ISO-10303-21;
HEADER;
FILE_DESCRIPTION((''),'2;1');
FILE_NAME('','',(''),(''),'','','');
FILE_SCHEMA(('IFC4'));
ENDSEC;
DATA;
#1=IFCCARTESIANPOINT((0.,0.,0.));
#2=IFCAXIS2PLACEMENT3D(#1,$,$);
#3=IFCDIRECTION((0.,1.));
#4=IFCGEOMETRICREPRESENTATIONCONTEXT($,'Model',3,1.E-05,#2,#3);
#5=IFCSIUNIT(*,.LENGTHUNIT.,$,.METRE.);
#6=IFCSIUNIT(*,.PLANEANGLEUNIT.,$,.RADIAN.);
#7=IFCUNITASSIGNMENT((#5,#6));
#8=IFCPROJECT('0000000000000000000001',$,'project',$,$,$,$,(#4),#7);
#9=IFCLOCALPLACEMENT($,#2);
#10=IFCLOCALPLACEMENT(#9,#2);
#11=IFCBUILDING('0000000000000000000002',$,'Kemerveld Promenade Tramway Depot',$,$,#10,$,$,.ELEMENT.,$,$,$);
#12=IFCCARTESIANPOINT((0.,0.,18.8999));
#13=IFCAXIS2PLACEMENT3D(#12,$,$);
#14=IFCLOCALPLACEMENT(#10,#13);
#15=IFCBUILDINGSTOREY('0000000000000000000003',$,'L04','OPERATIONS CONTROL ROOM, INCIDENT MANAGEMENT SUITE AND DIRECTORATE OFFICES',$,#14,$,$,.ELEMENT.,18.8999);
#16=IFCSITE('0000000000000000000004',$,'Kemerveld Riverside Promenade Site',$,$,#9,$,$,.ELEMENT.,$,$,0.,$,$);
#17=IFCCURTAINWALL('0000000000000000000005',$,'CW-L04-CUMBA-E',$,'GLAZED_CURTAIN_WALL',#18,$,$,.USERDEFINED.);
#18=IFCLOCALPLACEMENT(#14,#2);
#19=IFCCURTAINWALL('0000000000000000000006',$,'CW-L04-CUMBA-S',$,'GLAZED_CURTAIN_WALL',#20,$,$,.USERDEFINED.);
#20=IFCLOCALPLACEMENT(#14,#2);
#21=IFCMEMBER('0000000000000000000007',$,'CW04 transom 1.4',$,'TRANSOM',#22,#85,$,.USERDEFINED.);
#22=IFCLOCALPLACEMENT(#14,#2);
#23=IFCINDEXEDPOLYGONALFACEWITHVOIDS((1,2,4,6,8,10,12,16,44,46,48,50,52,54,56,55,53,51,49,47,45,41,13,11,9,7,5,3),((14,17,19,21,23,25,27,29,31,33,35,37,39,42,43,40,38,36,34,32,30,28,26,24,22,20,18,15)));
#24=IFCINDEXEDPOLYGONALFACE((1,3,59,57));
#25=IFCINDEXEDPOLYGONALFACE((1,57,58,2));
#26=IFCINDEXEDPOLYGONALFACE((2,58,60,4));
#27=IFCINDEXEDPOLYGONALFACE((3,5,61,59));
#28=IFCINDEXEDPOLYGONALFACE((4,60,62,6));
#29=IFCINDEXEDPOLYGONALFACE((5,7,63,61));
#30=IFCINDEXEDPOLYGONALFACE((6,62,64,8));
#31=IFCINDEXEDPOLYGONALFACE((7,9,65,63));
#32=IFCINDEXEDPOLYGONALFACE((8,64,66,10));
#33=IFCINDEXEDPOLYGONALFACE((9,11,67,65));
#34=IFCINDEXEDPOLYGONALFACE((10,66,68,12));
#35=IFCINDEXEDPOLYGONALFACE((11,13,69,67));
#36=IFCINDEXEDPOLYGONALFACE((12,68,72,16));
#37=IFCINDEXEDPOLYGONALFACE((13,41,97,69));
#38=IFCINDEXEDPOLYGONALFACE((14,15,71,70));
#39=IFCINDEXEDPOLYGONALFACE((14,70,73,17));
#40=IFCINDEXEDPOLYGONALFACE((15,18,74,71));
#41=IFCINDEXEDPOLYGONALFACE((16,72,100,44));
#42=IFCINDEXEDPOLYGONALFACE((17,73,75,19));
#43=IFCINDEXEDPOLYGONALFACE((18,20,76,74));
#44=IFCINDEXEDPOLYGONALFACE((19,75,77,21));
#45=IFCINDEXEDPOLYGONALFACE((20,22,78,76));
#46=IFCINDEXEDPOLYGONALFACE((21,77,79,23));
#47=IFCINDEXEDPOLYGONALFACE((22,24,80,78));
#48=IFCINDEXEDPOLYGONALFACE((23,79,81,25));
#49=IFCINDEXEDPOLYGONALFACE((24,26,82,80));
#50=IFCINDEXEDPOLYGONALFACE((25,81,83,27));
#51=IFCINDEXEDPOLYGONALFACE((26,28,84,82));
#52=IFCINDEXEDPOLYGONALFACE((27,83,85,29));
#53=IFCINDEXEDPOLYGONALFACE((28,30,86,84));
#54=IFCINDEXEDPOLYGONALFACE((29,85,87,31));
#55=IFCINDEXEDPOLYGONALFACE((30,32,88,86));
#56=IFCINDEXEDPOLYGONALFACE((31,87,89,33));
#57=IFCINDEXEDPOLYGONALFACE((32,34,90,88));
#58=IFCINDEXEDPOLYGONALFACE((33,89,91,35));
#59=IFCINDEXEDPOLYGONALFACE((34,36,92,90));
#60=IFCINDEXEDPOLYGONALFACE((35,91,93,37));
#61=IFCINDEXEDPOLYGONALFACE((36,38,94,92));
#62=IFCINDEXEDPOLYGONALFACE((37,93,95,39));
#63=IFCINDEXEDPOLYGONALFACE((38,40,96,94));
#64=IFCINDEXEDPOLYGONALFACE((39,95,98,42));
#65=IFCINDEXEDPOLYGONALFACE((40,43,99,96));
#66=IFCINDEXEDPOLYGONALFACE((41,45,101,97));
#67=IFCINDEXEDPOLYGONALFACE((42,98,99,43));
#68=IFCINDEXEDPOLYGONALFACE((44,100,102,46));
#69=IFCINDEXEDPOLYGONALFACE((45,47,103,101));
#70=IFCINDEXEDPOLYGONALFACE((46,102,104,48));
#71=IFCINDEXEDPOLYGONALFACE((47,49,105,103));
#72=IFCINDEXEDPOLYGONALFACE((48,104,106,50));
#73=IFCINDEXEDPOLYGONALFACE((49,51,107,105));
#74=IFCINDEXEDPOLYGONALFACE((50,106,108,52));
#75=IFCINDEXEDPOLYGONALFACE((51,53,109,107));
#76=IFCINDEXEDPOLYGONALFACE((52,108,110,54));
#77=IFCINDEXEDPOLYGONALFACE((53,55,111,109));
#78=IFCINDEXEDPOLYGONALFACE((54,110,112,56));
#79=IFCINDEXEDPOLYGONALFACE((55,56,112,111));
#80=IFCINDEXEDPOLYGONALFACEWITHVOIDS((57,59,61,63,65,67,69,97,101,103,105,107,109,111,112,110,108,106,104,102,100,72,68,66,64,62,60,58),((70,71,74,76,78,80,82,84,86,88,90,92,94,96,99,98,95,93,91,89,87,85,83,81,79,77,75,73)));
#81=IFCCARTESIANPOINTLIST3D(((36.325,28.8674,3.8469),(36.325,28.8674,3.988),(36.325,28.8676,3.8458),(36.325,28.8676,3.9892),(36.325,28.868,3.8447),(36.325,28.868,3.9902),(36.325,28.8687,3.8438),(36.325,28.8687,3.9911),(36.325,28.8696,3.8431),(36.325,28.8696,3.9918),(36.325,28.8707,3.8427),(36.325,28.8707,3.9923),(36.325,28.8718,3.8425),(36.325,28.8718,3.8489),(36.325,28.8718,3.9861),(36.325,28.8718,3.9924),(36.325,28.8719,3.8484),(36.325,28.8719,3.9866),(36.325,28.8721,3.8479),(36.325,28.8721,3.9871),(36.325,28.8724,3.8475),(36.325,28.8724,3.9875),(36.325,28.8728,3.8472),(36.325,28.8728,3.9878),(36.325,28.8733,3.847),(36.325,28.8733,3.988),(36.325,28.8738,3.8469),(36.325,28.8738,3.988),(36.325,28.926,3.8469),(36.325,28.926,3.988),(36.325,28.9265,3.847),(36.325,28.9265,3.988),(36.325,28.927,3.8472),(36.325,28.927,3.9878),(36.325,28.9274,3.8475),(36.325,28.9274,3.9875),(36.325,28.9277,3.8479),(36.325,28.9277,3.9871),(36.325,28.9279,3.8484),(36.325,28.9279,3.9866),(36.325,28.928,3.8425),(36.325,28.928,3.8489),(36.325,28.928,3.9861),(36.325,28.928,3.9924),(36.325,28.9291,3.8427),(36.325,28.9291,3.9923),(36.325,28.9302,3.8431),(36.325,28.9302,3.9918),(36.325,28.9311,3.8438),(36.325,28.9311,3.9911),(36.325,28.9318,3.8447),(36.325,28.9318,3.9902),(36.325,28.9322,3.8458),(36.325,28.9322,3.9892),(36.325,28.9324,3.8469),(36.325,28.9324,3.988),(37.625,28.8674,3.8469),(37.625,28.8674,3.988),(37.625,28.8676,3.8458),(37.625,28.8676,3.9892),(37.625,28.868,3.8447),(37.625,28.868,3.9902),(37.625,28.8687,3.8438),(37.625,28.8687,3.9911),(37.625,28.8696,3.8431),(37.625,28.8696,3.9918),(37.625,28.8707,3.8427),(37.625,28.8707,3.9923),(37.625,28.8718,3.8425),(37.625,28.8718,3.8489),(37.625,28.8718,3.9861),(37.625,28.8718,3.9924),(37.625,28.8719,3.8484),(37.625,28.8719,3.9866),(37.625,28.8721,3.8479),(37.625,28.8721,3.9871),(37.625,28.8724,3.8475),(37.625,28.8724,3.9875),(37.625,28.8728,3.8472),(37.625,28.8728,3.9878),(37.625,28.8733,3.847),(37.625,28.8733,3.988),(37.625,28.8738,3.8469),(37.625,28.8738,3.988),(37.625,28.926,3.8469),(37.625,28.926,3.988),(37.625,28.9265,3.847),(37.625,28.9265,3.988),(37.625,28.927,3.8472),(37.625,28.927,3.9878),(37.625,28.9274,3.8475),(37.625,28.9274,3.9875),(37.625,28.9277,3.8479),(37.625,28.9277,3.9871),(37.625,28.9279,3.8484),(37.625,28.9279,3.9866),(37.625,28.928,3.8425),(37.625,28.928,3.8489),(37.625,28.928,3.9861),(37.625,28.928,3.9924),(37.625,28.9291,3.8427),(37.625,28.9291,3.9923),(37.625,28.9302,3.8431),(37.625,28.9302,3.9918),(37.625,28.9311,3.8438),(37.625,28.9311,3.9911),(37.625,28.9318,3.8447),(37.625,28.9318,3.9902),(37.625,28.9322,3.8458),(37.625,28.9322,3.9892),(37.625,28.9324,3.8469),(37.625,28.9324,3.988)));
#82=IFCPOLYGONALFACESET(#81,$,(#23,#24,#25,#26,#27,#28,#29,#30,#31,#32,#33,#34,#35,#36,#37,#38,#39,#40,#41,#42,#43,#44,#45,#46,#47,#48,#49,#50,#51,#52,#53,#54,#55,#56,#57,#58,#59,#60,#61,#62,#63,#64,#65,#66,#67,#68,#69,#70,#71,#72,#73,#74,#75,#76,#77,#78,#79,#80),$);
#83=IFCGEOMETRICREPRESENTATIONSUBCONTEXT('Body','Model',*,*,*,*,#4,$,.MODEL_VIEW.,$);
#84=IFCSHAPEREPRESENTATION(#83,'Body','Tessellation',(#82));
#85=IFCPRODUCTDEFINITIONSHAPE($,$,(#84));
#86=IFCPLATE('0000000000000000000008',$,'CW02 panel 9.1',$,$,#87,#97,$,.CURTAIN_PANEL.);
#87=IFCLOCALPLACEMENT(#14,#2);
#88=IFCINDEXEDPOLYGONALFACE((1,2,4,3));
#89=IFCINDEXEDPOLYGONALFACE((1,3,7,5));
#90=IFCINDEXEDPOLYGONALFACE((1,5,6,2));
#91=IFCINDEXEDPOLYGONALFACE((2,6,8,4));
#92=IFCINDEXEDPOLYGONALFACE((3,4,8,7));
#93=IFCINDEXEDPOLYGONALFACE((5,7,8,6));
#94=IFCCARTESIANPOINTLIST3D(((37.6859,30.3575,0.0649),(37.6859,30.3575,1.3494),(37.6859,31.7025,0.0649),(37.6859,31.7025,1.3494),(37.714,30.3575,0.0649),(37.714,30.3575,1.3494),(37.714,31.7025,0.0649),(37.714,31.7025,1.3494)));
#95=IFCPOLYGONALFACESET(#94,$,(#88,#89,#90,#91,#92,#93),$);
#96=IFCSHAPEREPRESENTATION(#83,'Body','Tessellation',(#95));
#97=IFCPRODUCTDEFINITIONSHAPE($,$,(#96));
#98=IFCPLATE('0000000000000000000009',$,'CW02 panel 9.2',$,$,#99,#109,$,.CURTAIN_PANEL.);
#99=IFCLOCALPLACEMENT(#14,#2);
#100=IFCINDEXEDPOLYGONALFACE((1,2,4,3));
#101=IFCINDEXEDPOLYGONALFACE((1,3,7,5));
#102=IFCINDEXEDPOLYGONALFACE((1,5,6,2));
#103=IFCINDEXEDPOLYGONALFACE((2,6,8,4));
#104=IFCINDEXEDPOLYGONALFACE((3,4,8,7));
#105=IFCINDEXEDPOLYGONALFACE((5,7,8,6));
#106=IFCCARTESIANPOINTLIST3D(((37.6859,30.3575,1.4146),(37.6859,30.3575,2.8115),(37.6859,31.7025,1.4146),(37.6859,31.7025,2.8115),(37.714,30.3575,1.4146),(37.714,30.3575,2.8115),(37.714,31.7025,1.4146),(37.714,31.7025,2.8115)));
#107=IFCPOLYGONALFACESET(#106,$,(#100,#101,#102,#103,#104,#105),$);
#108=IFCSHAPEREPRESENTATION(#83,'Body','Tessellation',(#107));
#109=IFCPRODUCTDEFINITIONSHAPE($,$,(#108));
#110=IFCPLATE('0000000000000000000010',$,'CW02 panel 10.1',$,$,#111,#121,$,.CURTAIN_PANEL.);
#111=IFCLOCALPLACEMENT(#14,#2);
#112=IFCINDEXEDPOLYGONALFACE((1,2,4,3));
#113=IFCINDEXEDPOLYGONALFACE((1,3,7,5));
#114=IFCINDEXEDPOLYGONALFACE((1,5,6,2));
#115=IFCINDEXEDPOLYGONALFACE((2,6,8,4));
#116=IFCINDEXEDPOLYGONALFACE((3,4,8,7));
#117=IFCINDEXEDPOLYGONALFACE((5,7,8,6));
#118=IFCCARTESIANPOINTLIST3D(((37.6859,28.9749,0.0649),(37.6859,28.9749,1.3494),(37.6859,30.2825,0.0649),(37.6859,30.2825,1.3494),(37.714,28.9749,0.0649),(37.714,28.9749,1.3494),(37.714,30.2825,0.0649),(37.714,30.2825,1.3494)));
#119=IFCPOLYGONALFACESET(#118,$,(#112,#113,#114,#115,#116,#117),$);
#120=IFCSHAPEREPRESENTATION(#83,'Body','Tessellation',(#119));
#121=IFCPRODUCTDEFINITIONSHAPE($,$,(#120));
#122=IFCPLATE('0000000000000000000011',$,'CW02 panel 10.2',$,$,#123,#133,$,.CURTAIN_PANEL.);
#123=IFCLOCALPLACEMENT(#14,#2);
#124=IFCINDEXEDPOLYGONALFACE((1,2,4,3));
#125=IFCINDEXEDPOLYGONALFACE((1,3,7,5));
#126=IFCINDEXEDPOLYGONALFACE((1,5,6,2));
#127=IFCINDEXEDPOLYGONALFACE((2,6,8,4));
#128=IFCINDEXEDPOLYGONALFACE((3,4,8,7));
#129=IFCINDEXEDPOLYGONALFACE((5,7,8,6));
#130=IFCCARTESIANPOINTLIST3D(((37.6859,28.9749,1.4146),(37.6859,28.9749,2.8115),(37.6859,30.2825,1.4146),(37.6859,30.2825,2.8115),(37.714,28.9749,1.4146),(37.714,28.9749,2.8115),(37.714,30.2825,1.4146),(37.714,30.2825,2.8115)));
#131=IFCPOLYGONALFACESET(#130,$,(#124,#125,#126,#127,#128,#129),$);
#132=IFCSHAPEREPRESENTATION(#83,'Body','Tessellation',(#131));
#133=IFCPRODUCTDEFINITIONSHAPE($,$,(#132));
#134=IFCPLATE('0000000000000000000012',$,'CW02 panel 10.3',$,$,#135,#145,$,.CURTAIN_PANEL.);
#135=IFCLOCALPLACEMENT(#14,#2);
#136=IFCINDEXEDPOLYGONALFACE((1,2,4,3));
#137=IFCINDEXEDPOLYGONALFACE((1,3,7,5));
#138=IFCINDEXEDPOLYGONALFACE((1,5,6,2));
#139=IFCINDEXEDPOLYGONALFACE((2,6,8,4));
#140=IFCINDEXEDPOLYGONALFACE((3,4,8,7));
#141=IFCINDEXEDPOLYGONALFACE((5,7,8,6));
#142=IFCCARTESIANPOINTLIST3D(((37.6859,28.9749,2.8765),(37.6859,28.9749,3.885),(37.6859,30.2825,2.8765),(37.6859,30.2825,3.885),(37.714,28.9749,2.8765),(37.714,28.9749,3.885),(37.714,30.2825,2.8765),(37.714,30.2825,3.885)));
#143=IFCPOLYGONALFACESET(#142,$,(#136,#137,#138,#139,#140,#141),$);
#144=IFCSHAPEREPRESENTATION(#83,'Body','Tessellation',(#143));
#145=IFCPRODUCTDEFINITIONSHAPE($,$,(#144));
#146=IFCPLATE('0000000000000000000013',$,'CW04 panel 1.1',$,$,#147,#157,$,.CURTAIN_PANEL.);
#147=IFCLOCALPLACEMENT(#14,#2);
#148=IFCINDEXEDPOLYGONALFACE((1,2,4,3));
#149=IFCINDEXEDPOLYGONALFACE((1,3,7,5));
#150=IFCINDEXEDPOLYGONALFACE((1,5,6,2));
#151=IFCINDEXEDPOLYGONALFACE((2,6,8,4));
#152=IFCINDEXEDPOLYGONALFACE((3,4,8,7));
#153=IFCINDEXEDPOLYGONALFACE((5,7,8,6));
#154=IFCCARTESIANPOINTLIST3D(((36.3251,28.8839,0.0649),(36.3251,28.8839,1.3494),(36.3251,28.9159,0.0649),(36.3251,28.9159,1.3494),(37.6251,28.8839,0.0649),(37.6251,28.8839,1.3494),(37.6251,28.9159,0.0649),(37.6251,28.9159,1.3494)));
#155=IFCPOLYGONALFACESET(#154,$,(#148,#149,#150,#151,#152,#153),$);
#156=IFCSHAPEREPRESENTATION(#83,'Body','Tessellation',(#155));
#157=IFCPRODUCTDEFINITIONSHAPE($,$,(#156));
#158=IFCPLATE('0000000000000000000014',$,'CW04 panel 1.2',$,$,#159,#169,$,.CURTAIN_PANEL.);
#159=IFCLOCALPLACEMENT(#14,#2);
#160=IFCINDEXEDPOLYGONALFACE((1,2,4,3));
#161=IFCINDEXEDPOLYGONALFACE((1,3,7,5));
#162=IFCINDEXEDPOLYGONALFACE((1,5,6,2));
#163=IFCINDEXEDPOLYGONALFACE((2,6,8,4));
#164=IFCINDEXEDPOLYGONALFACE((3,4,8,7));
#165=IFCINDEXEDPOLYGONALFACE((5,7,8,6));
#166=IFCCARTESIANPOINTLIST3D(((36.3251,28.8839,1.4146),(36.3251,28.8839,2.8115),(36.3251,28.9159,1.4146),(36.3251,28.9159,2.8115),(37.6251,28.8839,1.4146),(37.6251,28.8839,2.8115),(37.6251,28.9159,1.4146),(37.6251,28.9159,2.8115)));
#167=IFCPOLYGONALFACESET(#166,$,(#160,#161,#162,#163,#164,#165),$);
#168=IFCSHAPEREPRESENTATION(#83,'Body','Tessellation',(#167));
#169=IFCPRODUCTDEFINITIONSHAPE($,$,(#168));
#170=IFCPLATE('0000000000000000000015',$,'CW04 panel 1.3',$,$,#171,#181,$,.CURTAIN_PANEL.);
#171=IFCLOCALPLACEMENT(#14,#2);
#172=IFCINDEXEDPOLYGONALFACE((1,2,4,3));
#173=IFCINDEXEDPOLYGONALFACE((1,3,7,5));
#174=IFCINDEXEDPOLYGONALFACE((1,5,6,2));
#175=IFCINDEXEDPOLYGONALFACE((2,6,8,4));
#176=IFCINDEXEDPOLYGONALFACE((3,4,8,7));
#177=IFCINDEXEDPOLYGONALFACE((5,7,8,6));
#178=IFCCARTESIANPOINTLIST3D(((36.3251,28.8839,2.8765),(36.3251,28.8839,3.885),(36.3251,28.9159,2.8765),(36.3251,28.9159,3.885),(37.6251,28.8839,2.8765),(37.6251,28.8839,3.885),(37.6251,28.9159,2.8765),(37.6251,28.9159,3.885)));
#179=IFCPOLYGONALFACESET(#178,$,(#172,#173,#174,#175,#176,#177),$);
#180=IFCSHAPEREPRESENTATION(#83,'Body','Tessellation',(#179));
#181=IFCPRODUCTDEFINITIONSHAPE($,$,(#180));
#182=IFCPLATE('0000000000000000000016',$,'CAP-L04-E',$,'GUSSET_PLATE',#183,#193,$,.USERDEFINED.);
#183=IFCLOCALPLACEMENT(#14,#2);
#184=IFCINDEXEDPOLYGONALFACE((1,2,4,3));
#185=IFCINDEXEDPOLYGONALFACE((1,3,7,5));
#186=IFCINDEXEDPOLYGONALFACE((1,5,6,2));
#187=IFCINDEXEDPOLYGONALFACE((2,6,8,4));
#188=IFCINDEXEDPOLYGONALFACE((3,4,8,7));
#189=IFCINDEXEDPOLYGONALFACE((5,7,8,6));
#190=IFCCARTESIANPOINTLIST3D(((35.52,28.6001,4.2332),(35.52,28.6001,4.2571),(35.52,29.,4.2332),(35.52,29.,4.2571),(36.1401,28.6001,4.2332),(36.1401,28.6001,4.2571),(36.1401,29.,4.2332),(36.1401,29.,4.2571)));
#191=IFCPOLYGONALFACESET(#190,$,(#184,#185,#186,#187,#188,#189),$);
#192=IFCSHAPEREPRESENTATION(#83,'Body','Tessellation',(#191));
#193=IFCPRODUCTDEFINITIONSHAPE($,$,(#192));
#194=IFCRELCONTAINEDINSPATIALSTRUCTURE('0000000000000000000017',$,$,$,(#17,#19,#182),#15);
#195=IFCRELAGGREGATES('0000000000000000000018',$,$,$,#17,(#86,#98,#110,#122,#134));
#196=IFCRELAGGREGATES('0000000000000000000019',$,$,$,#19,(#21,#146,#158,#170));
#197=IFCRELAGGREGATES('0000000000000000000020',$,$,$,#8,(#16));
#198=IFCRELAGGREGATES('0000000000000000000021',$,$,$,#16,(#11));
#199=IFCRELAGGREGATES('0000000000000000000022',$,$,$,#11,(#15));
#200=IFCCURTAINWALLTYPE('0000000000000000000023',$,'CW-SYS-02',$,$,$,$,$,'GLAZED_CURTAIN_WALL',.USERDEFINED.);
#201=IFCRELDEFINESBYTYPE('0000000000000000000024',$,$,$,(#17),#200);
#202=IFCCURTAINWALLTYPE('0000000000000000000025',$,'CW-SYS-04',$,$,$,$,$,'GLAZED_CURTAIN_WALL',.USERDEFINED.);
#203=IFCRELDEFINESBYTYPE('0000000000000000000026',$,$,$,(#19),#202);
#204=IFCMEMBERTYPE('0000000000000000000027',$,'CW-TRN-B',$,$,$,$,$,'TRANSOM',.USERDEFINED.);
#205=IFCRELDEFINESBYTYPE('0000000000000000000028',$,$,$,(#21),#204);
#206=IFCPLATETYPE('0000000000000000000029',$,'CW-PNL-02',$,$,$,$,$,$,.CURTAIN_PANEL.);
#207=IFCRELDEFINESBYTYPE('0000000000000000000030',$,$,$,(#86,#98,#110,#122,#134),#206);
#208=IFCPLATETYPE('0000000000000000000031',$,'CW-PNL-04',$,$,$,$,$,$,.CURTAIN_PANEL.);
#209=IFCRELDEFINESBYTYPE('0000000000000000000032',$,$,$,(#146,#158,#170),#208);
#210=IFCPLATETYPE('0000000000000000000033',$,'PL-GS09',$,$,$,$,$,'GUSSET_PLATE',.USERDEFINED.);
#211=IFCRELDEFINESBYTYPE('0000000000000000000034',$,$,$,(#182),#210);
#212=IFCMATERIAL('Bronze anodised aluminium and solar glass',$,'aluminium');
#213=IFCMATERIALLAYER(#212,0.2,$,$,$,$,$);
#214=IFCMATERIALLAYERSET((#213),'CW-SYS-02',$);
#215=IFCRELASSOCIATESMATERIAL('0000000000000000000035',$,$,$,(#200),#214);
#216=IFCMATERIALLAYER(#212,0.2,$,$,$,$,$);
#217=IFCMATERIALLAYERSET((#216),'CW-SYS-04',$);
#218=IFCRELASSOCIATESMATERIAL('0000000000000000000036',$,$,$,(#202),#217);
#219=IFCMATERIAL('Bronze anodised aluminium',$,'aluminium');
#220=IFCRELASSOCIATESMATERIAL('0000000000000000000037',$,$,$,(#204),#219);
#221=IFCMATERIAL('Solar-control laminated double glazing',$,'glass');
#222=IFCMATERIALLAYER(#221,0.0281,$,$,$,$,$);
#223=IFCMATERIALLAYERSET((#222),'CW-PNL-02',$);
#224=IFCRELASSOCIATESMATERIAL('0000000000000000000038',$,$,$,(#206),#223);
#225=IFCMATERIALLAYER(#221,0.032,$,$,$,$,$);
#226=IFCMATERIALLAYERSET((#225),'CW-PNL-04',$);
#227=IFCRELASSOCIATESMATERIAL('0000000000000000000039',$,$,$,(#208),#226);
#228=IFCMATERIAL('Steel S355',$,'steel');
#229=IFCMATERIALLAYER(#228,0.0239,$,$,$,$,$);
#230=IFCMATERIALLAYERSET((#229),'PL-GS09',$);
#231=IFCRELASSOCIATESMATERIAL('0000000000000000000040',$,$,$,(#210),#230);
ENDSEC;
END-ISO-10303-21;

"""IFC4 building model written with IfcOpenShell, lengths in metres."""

from ifc_helpers import new_model, si_unit, direction, frame, origin, origin_2d, place, context, subcontext, project, spatial, rectangle, hollow_rectangle, extrude, material, layer, layer_set, material_profile, profile_set, type_object, element, aggregate, save


model = new_model("IFC4")

# Units and contexts
model_context = context("Model", 3, precision=1e-05, world=origin(), true_north=direction((0.0, 1.0)))
body_context = subcontext(model_context, "Body", "Model", "MODEL_VIEW")
ifc_project = project(units=[si_unit("LENGTHUNIT", "METRE"), si_unit("PLANEANGLEUNIT", "RADIAN")], contexts=[model_context])

# Site, building, storey
site_placement = place(None, origin())
site = spatial("IfcSite", under=ifc_project, at=site_placement, Name="Kemerveld Riverside Promenade Site", CompositionType="ELEMENT", RefElevation=0.0)
building_placement = place(site_placement, origin())
building = spatial("IfcBuilding", under=site, at=building_placement, Name="Kemerveld Promenade Tramway Depot", CompositionType="ELEMENT")
storey_placement = place(building_placement, frame((0.0, 0.0, 18.8999)))
storey = spatial("IfcBuildingStorey", under=building, at=storey_placement, Name="L04", Description="OPERATIONS CONTROL ROOM, INCIDENT MANAGEMENT SUITE AND DIRECTORATE OFFICES", CompositionType="ELEMENT", Elevation=18.8999)

# Shared definitions
ifc_material_1 = material(Name="Steel S355", Category="steel")

# Curtain walls
ifc_material_2 = material(Name="Bronze anodised aluminium and solar glass", Category="aluminium")
ifc_layer_1 = layer(ifc_material_2, 0.2)
ifc_layer_set_1 = layer_set([ifc_layer_1], Name="CW-SYS-02")
curtain_wall_type_1 = type_object("IfcCurtainWallType", Name="CW-SYS-02", ElementType="GLAZED_CURTAIN_WALL", PredefinedType="USERDEFINED", material=ifc_layer_set_1)
curtain_wall_1_placement = place(storey_placement, origin())
curtain_wall_1 = element("IfcCurtainWall", 1, at=curtain_wall_1_placement, inside=storey, type_object=curtain_wall_type_1, Name="CW-L04-CUMBA-E", ObjectType="GLAZED_CURTAIN_WALL", PredefinedType="USERDEFINED")
ifc_material_3 = material(Name="Bronze anodised aluminium", Category="aluminium")
ifc_layer_2 = layer(ifc_material_2, 0.2)
ifc_layer_set_2 = layer_set([ifc_layer_2], Name="CW-SYS-04")
curtain_wall_type_2 = type_object("IfcCurtainWallType", Name="CW-SYS-04", ElementType="GLAZED_CURTAIN_WALL", PredefinedType="USERDEFINED", material=ifc_layer_set_2)
curtain_wall_2_placement = place(storey_placement, origin())
curtain_wall_2 = element("IfcCurtainWall", 2, at=curtain_wall_2_placement, inside=storey, type_object=curtain_wall_type_2, Name="CW-L04-CUMBA-S", ObjectType="GLAZED_CURTAIN_WALL", PredefinedType="USERDEFINED")

# Member
ifc_material_profile_1 = material_profile(ifc_material_3, hollow_rectangle(XDim=0.0649, YDim=0.1499, WallThickness=0.0044, InnerFilletRadius=0.002, OuterFilletRadius=0.0044, at=origin_2d()), Name="CW-TRN-150x65")
ifc_profile_set_1 = profile_set([ifc_material_profile_1], Name="Bronze anodised aluminium")
member_type_1 = type_object("IfcMemberType", Name="CW-TRN-B", ElementType="TRANSOM", PredefinedType="USERDEFINED", material=ifc_profile_set_1)
member_1_placement = place(storey_placement, frame((37.625, 28.8999, 3.9175), z_axis=(-1.0, 0.0, 0.0), x_axis=(0.0, -1.0, 0.0)))
member_1 = element("IfcMember", 3, at=member_1_placement, type_object=member_type_1, Name="CW04 transom 1.4", ObjectType="TRANSOM", PredefinedType="USERDEFINED", context=body_context, shape_type="SweptSolid", body=[
    extrude(hollow_rectangle(XDim=0.0649, YDim=0.1499, WallThickness=0.0044, InnerFilletRadius=0.002, OuterFilletRadius=0.0044, at=origin_2d()), origin(), (0.0, 0.0, 1.0), 1.3),
])

# Plates
ifc_material_4 = material(Name="Solar-control laminated double glazing", Category="glass")
ifc_layer_3 = layer(ifc_material_4, 0.0281)
ifc_layer_set_3 = layer_set([ifc_layer_3], Name="CW-PNL-02")
plate_type_1 = type_object("IfcPlateType", Name="CW-PNL-02", PredefinedType="CURTAIN_PANEL", material=ifc_layer_set_3)
plate_1_placement = place(storey_placement, frame((37.7, 31.03, 0.0649), z_axis=(0.0, 0.0, 1.0), x_axis=(0.0, -1.0, 0.0)))
plate_1 = element("IfcPlate", 4, at=plate_1_placement, type_object=plate_type_1, Name="CW02 panel 9.1", PredefinedType="CURTAIN_PANEL", context=body_context, shape_type="SweptSolid", body=[
    extrude(rectangle(XDim=1.345, YDim=0.0281, at=origin_2d()), origin(), (0.0, 0.0, 1.0), 1.2844),
])
plate_2_placement = place(storey_placement, frame((37.7, 31.03, 1.4146), z_axis=(0.0, 0.0, 1.0), x_axis=(0.0, -1.0, 0.0)))
plate_2 = element("IfcPlate", 5, at=plate_2_placement, type_object=plate_type_1, Name="CW02 panel 9.2", PredefinedType="CURTAIN_PANEL", context=body_context, shape_type="SweptSolid", body=[
    extrude(rectangle(XDim=1.345, YDim=0.0281, at=origin_2d()), origin(), (0.0, 0.0, 1.0), 1.397),
])
plate_3_placement = place(storey_placement, frame((37.7, 29.6287, 0.0649), z_axis=(0.0, 0.0, 1.0), x_axis=(0.0, -1.0, 0.0)))
plate_3 = element("IfcPlate", 6, at=plate_3_placement, type_object=plate_type_1, Name="CW02 panel 10.1", PredefinedType="CURTAIN_PANEL", context=body_context, shape_type="SweptSolid", body=[
    extrude(rectangle(XDim=1.3076, YDim=0.0281, at=origin_2d()), origin(), (0.0, 0.0, 1.0), 1.2844),
])
plate_4_placement = place(storey_placement, frame((37.7, 29.6287, 1.4146), z_axis=(0.0, 0.0, 1.0), x_axis=(0.0, -1.0, 0.0)))
plate_4 = element("IfcPlate", 7, at=plate_4_placement, type_object=plate_type_1, Name="CW02 panel 10.2", PredefinedType="CURTAIN_PANEL", context=body_context, shape_type="SweptSolid", body=[
    extrude(rectangle(XDim=1.3076, YDim=0.0281, at=origin_2d()), origin(), (0.0, 0.0, 1.0), 1.397),
])
plate_5_placement = place(storey_placement, frame((37.7, 29.6287, 2.8765), z_axis=(0.0, 0.0, 1.0), x_axis=(0.0, -1.0, 0.0)))
plate_5 = element("IfcPlate", 8, at=plate_5_placement, type_object=plate_type_1, Name="CW02 panel 10.3", PredefinedType="CURTAIN_PANEL", context=body_context, shape_type="SweptSolid", body=[
    extrude(rectangle(XDim=1.3076, YDim=0.0281, at=origin_2d()), origin(), (0.0, 0.0, 1.0), 1.0085),
])
aggregate(curtain_wall_1, [plate_1, plate_2, plate_3, plate_4, plate_5])
ifc_layer_4 = layer(ifc_material_4, 0.032)
ifc_layer_set_4 = layer_set([ifc_layer_4], Name="CW-PNL-04")
plate_type_2 = type_object("IfcPlateType", Name="CW-PNL-04", PredefinedType="CURTAIN_PANEL", material=ifc_layer_set_4)
plate_6_placement = place(storey_placement, frame((36.9751, 28.8999, 0.0649), z_axis=(0.0, 0.0, 1.0), x_axis=(-1.0, 0.0, 0.0)))
plate_6 = element("IfcPlate", 9, at=plate_6_placement, type_object=plate_type_2, Name="CW04 panel 1.1", PredefinedType="CURTAIN_PANEL", context=body_context, shape_type="SweptSolid", body=[
    extrude(rectangle(XDim=1.3, YDim=0.032, at=origin_2d()), origin(), (0.0, 0.0, 1.0), 1.2844),
])
plate_7_placement = place(storey_placement, frame((36.9751, 28.8999, 1.4146), z_axis=(0.0, 0.0, 1.0), x_axis=(-1.0, 0.0, 0.0)))
plate_7 = element("IfcPlate", 10, at=plate_7_placement, type_object=plate_type_2, Name="CW04 panel 1.2", PredefinedType="CURTAIN_PANEL", context=body_context, shape_type="SweptSolid", body=[
    extrude(rectangle(XDim=1.3, YDim=0.032, at=origin_2d()), origin(), (0.0, 0.0, 1.0), 1.397),
])
plate_8_placement = place(storey_placement, frame((36.9751, 28.8999, 2.8765), z_axis=(0.0, 0.0, 1.0), x_axis=(-1.0, 0.0, 0.0)))
plate_8 = element("IfcPlate", 11, at=plate_8_placement, type_object=plate_type_2, Name="CW04 panel 1.3", PredefinedType="CURTAIN_PANEL", context=body_context, shape_type="SweptSolid", body=[
    extrude(rectangle(XDim=1.3, YDim=0.032, at=origin_2d()), origin(), (0.0, 0.0, 1.0), 1.0085),
])
aggregate(curtain_wall_2, [member_1, plate_6, plate_7, plate_8])
ifc_layer_5 = layer(ifc_material_1, 0.0239)
ifc_layer_set_5 = layer_set([ifc_layer_5], Name="PL-GS09")
plate_type_3 = type_object("IfcPlateType", Name="PL-GS09", ElementType="GUSSET_PLATE", PredefinedType="USERDEFINED", material=ifc_layer_set_5)
plate_9_placement = place(storey_placement, frame((35.8301, 28.8, 4.2332), z_axis=(0.0, 0.0, 1.0), x_axis=(1.0, 0.0, 0.0)))
element("IfcPlate", 12, at=plate_9_placement, inside=storey, type_object=plate_type_3, Name="CAP-L04-E", ObjectType="GUSSET_PLATE", PredefinedType="USERDEFINED", context=body_context, shape_type="SweptSolid", body=[
    extrude(rectangle(XDim=0.6201, YDim=0.3999, at=origin_2d()), origin(), (0.0, 0.0, 1.0), 0.0239),
])

save(model, "model.ifc")
